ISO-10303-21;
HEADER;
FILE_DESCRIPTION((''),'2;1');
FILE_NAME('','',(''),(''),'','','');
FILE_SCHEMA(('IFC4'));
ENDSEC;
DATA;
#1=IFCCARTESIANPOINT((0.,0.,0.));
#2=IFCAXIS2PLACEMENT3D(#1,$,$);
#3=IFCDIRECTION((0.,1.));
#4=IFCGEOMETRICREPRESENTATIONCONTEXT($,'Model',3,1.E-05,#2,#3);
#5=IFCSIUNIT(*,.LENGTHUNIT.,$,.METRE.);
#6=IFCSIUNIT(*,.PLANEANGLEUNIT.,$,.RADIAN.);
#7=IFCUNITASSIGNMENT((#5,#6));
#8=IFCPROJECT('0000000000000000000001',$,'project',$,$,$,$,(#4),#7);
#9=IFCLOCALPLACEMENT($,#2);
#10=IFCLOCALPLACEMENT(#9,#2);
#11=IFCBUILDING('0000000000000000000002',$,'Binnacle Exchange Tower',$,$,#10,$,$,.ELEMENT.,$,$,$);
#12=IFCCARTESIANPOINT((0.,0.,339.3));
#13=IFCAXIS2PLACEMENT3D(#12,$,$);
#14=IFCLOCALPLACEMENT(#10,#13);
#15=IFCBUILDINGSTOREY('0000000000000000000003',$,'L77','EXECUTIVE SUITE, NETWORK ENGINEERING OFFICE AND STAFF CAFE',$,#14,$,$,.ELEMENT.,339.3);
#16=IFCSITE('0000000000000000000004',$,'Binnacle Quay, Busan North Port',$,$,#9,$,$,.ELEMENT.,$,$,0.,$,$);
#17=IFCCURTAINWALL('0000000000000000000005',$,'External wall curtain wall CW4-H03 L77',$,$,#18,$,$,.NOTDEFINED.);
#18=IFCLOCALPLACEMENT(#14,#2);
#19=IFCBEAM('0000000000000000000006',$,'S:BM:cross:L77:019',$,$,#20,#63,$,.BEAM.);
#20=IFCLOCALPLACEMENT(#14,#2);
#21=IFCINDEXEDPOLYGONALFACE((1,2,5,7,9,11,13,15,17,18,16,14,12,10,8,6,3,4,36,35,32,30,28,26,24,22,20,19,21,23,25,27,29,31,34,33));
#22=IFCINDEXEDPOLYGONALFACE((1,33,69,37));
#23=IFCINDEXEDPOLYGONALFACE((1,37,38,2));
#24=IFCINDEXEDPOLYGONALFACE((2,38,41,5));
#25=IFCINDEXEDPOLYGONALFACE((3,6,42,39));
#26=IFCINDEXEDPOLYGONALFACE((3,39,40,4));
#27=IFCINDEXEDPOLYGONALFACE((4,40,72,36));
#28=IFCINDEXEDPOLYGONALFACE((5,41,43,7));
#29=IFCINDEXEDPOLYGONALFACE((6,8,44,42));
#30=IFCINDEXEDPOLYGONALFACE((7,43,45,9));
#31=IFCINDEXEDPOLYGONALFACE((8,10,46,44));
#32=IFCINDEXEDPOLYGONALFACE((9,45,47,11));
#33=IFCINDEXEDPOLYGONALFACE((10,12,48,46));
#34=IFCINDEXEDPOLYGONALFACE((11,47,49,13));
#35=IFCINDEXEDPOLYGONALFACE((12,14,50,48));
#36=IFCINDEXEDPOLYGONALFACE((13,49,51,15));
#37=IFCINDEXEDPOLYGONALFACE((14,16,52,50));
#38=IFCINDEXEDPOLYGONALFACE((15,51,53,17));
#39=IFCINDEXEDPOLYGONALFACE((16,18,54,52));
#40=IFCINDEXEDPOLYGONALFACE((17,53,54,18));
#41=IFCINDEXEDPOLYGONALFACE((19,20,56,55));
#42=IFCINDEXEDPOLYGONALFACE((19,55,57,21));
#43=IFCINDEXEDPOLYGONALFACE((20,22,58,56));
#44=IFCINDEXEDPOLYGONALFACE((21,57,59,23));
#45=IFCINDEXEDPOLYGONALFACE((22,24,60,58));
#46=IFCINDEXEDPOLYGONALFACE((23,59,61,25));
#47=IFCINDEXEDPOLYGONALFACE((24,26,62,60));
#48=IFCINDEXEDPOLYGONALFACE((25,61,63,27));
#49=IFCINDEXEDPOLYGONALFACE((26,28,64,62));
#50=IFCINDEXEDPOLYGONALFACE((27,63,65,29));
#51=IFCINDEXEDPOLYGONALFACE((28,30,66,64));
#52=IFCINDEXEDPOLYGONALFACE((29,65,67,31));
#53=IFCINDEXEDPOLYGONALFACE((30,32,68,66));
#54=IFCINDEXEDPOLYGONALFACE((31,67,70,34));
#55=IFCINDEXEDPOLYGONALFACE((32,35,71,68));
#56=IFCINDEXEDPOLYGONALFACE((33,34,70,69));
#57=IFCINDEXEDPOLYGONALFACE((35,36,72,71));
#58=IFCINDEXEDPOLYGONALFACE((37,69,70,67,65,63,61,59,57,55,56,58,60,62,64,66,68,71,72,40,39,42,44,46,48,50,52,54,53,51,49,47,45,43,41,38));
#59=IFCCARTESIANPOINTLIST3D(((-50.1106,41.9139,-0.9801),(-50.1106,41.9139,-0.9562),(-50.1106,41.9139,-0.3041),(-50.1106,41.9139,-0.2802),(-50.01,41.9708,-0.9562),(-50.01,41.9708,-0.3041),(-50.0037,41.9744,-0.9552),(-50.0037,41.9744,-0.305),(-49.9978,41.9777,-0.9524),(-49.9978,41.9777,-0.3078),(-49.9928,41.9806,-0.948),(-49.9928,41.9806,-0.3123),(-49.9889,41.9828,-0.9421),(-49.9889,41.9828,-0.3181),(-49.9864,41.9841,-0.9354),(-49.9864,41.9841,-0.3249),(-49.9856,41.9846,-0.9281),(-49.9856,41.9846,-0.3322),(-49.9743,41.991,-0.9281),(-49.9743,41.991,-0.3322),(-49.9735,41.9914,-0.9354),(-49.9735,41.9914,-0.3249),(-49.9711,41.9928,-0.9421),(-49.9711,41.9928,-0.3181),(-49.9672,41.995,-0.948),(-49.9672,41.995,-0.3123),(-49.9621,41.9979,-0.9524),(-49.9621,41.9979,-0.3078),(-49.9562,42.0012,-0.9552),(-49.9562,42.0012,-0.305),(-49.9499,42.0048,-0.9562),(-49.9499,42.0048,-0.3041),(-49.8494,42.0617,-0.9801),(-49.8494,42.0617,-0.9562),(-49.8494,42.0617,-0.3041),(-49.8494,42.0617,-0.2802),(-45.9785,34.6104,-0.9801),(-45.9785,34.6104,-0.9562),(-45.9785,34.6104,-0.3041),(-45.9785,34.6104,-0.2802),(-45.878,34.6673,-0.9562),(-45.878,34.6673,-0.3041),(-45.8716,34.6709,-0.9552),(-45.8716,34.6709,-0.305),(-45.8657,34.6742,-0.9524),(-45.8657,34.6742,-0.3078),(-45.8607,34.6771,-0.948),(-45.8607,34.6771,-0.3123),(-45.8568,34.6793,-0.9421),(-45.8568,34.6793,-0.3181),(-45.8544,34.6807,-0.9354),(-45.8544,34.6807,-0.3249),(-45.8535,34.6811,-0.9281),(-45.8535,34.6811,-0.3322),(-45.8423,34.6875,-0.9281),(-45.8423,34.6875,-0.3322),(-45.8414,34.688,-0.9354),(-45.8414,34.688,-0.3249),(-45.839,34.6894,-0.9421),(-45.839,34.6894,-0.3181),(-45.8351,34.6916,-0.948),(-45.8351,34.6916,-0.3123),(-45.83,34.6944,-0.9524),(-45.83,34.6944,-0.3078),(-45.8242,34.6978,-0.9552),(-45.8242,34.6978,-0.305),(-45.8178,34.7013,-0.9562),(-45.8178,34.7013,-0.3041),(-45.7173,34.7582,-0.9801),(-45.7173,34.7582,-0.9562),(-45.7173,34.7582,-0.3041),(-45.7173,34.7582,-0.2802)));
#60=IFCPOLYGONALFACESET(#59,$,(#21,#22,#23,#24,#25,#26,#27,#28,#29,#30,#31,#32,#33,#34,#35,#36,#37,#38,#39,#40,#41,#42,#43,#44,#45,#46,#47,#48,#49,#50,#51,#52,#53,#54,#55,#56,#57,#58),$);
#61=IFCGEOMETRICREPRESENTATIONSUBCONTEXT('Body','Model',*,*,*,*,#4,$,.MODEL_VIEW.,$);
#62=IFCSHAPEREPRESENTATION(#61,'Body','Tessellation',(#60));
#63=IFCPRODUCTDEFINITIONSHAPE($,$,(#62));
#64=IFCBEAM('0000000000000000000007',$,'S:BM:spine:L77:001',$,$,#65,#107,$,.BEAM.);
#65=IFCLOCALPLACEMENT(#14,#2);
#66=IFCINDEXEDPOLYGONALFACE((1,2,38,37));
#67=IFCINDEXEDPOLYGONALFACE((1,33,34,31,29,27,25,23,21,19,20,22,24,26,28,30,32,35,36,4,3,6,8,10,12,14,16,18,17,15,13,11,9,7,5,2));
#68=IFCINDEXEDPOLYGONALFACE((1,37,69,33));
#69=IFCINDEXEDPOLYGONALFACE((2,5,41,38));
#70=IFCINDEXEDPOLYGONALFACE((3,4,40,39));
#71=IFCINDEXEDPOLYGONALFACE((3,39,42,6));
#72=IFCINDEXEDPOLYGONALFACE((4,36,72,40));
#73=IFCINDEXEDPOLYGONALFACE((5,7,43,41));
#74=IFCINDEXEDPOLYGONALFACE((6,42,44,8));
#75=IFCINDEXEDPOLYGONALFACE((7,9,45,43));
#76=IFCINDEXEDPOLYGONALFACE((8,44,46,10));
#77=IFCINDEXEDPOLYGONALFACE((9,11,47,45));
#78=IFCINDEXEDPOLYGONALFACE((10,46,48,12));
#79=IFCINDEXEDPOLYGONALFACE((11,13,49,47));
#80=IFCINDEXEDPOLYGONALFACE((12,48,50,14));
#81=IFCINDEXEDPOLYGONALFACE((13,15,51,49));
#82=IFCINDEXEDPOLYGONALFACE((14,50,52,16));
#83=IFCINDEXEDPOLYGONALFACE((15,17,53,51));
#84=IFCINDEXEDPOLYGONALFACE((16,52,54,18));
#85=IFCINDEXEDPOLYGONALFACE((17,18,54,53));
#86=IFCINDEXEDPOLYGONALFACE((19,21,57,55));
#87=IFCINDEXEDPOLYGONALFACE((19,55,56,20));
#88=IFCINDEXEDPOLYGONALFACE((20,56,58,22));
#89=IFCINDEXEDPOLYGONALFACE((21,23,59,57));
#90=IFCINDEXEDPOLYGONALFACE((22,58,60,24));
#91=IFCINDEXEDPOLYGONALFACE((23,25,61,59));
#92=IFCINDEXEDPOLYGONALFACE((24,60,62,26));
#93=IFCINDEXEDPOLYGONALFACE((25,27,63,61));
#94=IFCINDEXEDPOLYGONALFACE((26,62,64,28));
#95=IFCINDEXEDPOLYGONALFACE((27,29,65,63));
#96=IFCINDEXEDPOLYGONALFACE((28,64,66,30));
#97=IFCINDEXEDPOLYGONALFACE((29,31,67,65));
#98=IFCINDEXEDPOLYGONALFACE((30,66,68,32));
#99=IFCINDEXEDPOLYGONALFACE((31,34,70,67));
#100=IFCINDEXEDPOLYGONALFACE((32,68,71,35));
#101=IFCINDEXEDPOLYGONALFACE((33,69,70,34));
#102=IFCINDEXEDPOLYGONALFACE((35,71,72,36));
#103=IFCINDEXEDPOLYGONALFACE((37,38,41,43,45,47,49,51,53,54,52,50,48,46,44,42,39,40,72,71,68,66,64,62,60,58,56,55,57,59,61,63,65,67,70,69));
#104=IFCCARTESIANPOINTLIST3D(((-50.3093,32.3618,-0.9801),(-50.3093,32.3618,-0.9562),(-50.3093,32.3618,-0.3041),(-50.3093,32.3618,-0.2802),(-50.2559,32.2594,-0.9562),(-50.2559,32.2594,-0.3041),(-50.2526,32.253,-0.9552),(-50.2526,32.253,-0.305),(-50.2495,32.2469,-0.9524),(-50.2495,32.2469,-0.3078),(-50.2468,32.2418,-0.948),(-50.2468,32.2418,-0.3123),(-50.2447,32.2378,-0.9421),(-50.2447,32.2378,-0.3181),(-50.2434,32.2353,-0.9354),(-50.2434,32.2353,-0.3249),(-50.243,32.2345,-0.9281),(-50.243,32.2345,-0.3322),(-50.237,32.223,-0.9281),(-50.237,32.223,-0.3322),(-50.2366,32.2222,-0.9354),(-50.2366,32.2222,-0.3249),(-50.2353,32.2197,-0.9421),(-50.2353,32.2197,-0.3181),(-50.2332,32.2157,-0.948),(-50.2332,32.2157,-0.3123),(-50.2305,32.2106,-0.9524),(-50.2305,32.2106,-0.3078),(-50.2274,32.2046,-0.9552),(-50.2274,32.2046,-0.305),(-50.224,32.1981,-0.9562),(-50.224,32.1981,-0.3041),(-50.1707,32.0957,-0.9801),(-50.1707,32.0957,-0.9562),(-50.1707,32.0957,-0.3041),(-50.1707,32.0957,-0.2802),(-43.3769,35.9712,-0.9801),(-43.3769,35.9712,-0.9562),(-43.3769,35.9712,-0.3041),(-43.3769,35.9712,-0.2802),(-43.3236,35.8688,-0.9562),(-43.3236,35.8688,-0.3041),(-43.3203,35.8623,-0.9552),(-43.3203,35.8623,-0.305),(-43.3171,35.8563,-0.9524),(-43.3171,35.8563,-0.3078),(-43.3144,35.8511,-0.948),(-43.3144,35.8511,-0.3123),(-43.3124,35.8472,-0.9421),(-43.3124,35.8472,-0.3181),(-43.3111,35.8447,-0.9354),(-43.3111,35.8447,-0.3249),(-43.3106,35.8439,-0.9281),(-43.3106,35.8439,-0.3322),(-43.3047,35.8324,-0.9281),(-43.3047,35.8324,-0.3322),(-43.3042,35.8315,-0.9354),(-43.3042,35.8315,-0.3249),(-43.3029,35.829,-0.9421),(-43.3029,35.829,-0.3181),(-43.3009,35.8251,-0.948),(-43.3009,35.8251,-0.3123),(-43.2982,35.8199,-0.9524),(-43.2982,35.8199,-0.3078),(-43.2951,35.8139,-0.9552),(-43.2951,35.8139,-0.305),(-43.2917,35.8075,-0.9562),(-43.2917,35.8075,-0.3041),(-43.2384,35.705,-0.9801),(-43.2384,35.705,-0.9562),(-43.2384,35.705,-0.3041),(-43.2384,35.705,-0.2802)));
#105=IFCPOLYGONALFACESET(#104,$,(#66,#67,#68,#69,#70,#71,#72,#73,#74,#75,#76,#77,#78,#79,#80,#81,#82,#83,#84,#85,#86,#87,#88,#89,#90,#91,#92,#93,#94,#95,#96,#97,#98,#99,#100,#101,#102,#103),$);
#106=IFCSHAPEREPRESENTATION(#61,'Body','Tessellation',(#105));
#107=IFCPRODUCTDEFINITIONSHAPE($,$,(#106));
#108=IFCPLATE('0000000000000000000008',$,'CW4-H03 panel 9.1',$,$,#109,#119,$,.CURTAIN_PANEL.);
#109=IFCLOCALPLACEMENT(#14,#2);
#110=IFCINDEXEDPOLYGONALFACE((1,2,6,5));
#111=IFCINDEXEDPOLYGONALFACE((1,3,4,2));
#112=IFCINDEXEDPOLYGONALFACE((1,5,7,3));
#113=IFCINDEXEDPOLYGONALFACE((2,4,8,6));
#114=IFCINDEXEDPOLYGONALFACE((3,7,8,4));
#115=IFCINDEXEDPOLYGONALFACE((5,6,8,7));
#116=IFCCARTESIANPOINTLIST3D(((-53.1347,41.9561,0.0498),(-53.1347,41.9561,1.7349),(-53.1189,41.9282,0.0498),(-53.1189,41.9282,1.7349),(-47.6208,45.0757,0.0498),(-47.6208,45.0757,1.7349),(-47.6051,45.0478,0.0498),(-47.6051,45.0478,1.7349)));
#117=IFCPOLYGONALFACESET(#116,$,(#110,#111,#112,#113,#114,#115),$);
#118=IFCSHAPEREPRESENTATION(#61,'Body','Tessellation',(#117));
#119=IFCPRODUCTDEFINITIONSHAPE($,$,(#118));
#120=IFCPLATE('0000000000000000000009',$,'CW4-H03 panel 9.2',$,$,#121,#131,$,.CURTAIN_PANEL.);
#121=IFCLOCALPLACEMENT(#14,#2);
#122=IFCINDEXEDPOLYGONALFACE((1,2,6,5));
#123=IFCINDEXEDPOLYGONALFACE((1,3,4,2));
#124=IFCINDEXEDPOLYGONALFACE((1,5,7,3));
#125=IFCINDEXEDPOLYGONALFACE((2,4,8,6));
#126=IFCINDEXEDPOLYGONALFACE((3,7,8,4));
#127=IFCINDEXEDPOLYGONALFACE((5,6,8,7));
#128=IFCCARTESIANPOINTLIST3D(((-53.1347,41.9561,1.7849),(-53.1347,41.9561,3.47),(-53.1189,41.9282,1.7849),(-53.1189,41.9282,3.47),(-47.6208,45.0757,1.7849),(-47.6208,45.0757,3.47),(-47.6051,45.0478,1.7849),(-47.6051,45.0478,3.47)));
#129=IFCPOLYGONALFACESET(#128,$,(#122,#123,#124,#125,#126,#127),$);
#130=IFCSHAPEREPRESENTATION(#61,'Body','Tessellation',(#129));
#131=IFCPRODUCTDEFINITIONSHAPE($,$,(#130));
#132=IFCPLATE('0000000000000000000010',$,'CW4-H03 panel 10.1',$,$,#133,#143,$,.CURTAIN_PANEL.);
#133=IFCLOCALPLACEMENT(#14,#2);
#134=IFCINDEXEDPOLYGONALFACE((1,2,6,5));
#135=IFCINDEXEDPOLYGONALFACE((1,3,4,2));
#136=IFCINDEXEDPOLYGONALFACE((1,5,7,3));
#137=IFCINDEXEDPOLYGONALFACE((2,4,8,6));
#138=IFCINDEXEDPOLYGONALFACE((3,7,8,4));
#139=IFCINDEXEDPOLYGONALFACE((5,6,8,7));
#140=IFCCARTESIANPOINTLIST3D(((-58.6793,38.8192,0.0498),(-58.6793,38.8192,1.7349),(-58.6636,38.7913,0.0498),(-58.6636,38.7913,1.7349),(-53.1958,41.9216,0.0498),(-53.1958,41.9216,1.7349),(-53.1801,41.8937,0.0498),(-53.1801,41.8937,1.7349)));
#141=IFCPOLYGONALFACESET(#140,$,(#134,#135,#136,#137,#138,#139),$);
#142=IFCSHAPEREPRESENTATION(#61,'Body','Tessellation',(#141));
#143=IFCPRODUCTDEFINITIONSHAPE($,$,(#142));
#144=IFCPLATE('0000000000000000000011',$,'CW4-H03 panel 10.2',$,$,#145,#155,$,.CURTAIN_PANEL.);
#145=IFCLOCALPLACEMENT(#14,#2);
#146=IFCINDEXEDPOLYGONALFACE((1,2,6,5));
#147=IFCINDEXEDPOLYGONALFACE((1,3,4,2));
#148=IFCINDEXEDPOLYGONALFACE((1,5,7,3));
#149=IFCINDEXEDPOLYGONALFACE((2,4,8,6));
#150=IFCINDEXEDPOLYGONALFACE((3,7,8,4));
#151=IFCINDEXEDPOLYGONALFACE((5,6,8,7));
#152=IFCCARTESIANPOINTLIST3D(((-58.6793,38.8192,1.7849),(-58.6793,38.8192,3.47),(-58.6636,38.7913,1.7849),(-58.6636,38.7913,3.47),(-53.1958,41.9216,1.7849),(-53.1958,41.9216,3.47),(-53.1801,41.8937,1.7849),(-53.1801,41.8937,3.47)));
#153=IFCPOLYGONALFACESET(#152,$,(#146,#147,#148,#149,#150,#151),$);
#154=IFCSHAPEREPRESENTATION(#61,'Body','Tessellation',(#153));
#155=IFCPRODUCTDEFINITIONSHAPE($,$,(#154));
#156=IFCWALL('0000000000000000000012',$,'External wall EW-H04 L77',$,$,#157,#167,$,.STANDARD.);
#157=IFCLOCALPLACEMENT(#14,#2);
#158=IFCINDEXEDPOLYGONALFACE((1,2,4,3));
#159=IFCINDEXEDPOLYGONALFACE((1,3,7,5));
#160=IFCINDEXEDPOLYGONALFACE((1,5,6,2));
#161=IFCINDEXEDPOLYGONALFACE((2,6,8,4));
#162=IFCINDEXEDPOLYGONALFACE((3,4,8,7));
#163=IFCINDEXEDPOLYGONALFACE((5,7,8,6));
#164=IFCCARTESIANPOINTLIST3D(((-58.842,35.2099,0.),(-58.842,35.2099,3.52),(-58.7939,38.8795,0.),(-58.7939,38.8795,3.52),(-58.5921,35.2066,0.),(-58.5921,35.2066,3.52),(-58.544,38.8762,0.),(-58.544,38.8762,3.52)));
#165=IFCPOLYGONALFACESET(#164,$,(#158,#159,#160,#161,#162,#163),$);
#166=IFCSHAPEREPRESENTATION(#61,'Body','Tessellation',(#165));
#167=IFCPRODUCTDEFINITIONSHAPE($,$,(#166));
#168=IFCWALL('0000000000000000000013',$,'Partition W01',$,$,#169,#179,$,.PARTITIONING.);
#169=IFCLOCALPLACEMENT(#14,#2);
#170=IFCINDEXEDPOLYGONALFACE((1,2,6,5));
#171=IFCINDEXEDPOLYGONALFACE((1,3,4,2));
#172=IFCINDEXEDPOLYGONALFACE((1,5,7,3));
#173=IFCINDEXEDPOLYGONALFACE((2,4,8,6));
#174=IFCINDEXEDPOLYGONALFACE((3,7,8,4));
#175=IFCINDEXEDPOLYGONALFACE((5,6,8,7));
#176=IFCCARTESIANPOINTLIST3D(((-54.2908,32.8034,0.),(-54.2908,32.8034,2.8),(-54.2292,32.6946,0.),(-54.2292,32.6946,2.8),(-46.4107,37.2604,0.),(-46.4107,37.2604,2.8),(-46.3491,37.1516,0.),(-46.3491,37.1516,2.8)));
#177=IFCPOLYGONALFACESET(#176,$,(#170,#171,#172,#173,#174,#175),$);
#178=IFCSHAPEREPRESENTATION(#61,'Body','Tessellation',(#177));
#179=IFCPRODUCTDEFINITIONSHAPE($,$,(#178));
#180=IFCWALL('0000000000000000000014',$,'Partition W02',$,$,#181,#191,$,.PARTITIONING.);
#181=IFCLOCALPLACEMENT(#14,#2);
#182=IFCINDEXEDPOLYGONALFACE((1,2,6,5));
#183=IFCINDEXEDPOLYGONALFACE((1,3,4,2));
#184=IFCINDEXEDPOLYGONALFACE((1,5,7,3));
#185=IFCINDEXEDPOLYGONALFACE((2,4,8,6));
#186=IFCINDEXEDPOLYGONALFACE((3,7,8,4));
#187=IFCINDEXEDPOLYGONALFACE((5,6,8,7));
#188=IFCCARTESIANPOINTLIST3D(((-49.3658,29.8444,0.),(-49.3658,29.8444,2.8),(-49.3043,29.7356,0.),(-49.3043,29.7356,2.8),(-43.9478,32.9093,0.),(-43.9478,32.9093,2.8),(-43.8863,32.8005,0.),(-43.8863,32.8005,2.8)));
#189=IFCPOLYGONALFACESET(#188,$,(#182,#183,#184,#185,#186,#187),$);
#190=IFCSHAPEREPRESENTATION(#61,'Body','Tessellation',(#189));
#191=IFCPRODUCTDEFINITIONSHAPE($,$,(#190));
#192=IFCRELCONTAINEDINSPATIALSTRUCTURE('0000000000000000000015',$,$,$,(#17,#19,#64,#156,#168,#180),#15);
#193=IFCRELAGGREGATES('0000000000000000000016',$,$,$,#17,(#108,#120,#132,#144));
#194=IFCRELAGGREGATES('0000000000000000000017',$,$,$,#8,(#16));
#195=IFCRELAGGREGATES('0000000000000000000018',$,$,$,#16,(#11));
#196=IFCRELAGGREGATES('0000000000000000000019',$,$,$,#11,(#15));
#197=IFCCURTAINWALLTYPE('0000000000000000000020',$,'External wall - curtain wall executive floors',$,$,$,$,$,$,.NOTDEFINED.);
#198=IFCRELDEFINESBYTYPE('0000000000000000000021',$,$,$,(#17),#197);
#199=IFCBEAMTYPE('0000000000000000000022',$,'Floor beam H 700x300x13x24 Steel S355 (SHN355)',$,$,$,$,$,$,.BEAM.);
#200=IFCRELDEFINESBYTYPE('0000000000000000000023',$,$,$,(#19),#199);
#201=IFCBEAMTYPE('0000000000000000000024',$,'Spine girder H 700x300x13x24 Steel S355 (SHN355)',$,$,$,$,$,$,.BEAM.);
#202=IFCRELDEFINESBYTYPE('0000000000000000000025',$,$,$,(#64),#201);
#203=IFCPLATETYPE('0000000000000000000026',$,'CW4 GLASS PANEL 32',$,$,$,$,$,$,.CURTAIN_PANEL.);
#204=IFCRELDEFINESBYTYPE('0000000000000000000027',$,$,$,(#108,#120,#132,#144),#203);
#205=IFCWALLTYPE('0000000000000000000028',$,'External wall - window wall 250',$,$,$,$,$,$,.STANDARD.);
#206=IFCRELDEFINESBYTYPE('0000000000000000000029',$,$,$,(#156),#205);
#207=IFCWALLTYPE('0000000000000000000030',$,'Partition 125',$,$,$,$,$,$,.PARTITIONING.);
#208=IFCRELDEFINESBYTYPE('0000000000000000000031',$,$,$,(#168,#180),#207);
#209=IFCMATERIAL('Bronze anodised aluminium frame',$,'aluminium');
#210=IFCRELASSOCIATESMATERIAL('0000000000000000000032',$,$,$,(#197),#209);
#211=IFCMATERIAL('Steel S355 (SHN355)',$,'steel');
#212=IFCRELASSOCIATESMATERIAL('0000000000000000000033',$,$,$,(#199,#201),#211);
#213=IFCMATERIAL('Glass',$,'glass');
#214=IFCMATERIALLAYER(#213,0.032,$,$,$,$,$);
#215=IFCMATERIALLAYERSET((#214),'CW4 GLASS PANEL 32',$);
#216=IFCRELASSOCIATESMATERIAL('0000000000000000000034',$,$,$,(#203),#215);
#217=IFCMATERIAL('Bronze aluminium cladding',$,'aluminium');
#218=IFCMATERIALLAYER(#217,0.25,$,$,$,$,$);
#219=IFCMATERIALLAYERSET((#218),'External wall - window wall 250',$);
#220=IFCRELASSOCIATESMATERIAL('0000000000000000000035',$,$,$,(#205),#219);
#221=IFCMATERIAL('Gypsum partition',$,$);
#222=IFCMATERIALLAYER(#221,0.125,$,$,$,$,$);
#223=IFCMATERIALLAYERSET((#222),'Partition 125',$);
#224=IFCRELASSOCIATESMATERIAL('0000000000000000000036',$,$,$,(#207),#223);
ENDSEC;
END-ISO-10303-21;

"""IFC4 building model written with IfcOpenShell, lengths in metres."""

from ifc_helpers import new_model, si_unit, direction, frame, frame_2d, origin, origin_2d, place, context, subcontext, project, spatial, rectangle, i_section, extrude, material, layer, layer_set, material_profile, profile_set, type_object, element, aggregate, save


model = new_model("IFC4")

# Units and contexts
model_context = context("Model", 3, precision=1e-05, world=origin(), true_north=direction((0.0, 1.0)))
body_context = subcontext(model_context, "Body", "Model", "MODEL_VIEW")
ifc_project = project(units=[si_unit("LENGTHUNIT", "METRE"), si_unit("PLANEANGLEUNIT", "RADIAN")], contexts=[model_context])

# Site, building, storey
site_placement = place(None, origin())
site = spatial("IfcSite", under=ifc_project, at=site_placement, Name="Binnacle Quay, Busan North Port", CompositionType="ELEMENT", RefElevation=0.0)
building_placement = place(site_placement, origin())
building = spatial("IfcBuilding", under=site, at=building_placement, Name="Binnacle Exchange Tower", CompositionType="ELEMENT")
storey_placement = place(building_placement, frame((0.0, 0.0, 339.3)))
storey = spatial("IfcBuildingStorey", under=building, at=storey_placement, Name="L77", Description="EXECUTIVE SUITE, NETWORK ENGINEERING OFFICE AND STAFF CAFE", CompositionType="ELEMENT", Elevation=339.3)

# Curtain wall
ifc_material_1 = material(Name="Bronze anodised aluminium frame", Category="aluminium")
curtain_wall_type = type_object("IfcCurtainWallType", Name="External wall - curtain wall executive floors", PredefinedType="NOTDEFINED", material=ifc_material_1)
curtain_wall_placement = place(storey_placement, origin())
curtain_wall = element("IfcCurtainWall", 1, at=curtain_wall_placement, inside=storey, type_object=curtain_wall_type, Name="External wall curtain wall CW4-H03 L77", PredefinedType="NOTDEFINED")

# Beams
ifc_material_2 = material(Name="Steel S355 (SHN355)", Category="steel")
ifc_material_profile_1 = material_profile(ifc_material_2, i_section(OverallWidth=0.3, OverallDepth=0.7, WebThickness=0.0129, FlangeThickness=0.0239, FilletRadius=0.0281, at=origin_2d()), Name="H 700x300x13x24")
ifc_profile_set_1 = profile_set([ifc_material_profile_1], Name="Steel S355 (SHN355)")
beam_type_1 = type_object("IfcBeamType", Name="Floor beam H 700x300x13x24 Steel S355 (SHN355)", PredefinedType="BEAM", material=ifc_profile_set_1)
beam_1_placement = place(storey_placement, frame((-49.98, 41.9878, -0.6301), z_axis=(0.492422, -0.870357, 0.0), x_axis=(0.870357, 0.492422, 0.0)))
element("IfcBeam", 2, at=beam_1_placement, inside=storey, type_object=beam_type_1, Name="S:BM:cross:L77:019", PredefinedType="BEAM", context=body_context, shape_type="SweptSolid", body=[
    extrude(i_section(OverallWidth=0.3, OverallDepth=0.7, WebThickness=0.0129, FlangeThickness=0.0239, FilletRadius=0.0281, at=origin_2d()), origin(), (0.0, 0.0, 1.0), 8.3914),
])
ifc_material_profile_2 = material_profile(ifc_material_2, i_section(OverallWidth=0.3, OverallDepth=0.7, WebThickness=0.0129, FlangeThickness=0.0239, FilletRadius=0.0281, at=origin_2d()), Name="H 700x300x13x24")
ifc_profile_set_2 = profile_set([ifc_material_profile_2], Name="Steel S355 (SHN355)")
beam_type_2 = type_object("IfcBeamType", Name="Spine girder H 700x300x13x24 Steel S355 (SHN355)", PredefinedType="BEAM", material=ifc_profile_set_2)
beam_2_placement = place(storey_placement, frame((-50.24, 32.2288, -0.6301), z_axis=(0.886979, 0.46181, 0.0), x_axis=(-0.46181, 0.886979, 0.0)))
element("IfcBeam", 3, at=beam_2_placement, inside=storey, type_object=beam_type_2, Name="S:BM:spine:L77:001", PredefinedType="BEAM", context=body_context, shape_type="SweptSolid", body=[
    extrude(i_section(OverallWidth=0.3, OverallDepth=0.7, WebThickness=0.0129, FlangeThickness=0.0239, FilletRadius=0.0281, at=origin_2d()), origin(), (0.0, 0.0, 1.0), 7.8157),
])

# Plates
ifc_material_3 = material(Name="Glass", Category="glass")
ifc_layer_1 = layer(ifc_material_3, 0.032)
ifc_layer_set_1 = layer_set([ifc_layer_1], Name="CW4 GLASS PANEL 32")
plate_type = type_object("IfcPlateType", Name="CW4 GLASS PANEL 32", PredefinedType="CURTAIN_PANEL", material=ifc_layer_set_1)
plate_1_placement = place(storey_placement, frame((-50.3699, 43.502, 0.0498), z_axis=(0.0, 0.0, 1.0), x_axis=(-0.870356, -0.492424, 0.0)))
plate_1 = element("IfcPlate", 4, at=plate_1_placement, type_object=plate_type, Name="CW4-H03 panel 9.1", PredefinedType="CURTAIN_PANEL", context=body_context, shape_type="SweptSolid", body=[
    extrude(rectangle(XDim=6.3352, YDim=0.032, at=origin_2d()), origin(), (0.0, 0.0, 1.0), 1.6851),
])
plate_2_placement = place(storey_placement, frame((-50.3699, 43.502, 1.7849), z_axis=(0.0, 0.0, 1.0), x_axis=(-0.870356, -0.492424, 0.0)))
plate_2 = element("IfcPlate", 5, at=plate_2_placement, type_object=plate_type, Name="CW4-H03 panel 9.2", PredefinedType="CURTAIN_PANEL", context=body_context, shape_type="SweptSolid", body=[
    extrude(rectangle(XDim=6.3352, YDim=0.032, at=origin_2d()), origin(), (0.0, 0.0, 1.0), 1.6851),
])
plate_3_placement = place(storey_placement, frame((-55.9297, 40.3564, 0.0498), z_axis=(0.0, 0.0, 1.0), x_axis=(-0.870356, -0.492424, 0.0)))
plate_3 = element("IfcPlate", 6, at=plate_3_placement, type_object=plate_type, Name="CW4-H03 panel 10.1", PredefinedType="CURTAIN_PANEL", context=body_context, shape_type="SweptSolid", body=[
    extrude(rectangle(XDim=6.3003, YDim=0.032, at=origin_2d()), origin(), (0.0, 0.0, 1.0), 1.6851),
])
plate_4_placement = place(storey_placement, frame((-55.9297, 40.3564, 1.7849), z_axis=(0.0, 0.0, 1.0), x_axis=(-0.870356, -0.492424, 0.0)))
plate_4 = element("IfcPlate", 7, at=plate_4_placement, type_object=plate_type, Name="CW4-H03 panel 10.2", PredefinedType="CURTAIN_PANEL", context=body_context, shape_type="SweptSolid", body=[
    extrude(rectangle(XDim=6.3003, YDim=0.032, at=origin_2d()), origin(), (0.0, 0.0, 1.0), 1.6851),
])
aggregate(curtain_wall, [plate_1, plate_2, plate_3, plate_4])

# Walls
ifc_material_4 = material(Name="Bronze aluminium cladding", Category="aluminium")
ifc_layer_2 = layer(ifc_material_4, 0.25)
ifc_layer_set_2 = layer_set([ifc_layer_2], Name="External wall - window wall 250")
wall_type_1 = type_object("IfcWallType", Name="External wall - window wall 250", PredefinedType="STANDARD", material=ifc_layer_set_2)
wall_1_placement = place(storey_placement, frame((-58.717, 35.2083, 0.0), z_axis=(0.0, 0.0, 1.0), x_axis=(0.013105, 0.999914, 0.0)))
element("IfcWall", 8, at=wall_1_placement, inside=storey, type_object=wall_type_1, Name="External wall EW-H04 L77", PredefinedType="STANDARD", context=body_context, shape_type="SweptSolid", body=[
    extrude(rectangle(XDim=3.6699, YDim=0.25, at=frame_2d((1.835, 0.0))), origin(), (0.0, 0.0, 1.0), 3.52),
])
ifc_material_5 = material(Name="Gypsum partition")
ifc_layer_3 = layer(ifc_material_5, 0.125)
ifc_layer_set_3 = layer_set([ifc_layer_3], Name="Partition 125")
wall_type_2 = type_object("IfcWallType", Name="Partition 125", PredefinedType="PARTITIONING", material=ifc_layer_set_3)
wall_2_placement = place(storey_placement, frame((-54.26, 32.749, 0.0), z_axis=(0.0, 0.0, 1.0), x_axis=(0.870419, 0.492312, 0.0)))
element("IfcWall", 9, at=wall_2_placement, inside=storey, type_object=wall_type_2, Name="Partition W01", PredefinedType="PARTITIONING", context=body_context, shape_type="SweptSolid", body=[
    extrude(rectangle(XDim=9.0532, YDim=0.125, at=frame_2d((4.5266, 0.0))), origin(), (0.0, 0.0, 1.0), 2.8),
])
wall_3_placement = place(storey_placement, frame((-49.335, 29.79, 0.0), z_axis=(0.0, 0.0, 1.0), x_axis=(0.870383, 0.492375, 0.0)))
element("IfcWall", 10, at=wall_3_placement, inside=storey, type_object=wall_type_2, Name="Partition W02", PredefinedType="PARTITIONING", context=body_context, shape_type="SweptSolid", body=[
    extrude(rectangle(XDim=6.2249, YDim=0.125, at=frame_2d((3.1123, 0.0))), origin(), (0.0, 0.0, 1.0), 2.8),
])

save(model, "model.ifc")
